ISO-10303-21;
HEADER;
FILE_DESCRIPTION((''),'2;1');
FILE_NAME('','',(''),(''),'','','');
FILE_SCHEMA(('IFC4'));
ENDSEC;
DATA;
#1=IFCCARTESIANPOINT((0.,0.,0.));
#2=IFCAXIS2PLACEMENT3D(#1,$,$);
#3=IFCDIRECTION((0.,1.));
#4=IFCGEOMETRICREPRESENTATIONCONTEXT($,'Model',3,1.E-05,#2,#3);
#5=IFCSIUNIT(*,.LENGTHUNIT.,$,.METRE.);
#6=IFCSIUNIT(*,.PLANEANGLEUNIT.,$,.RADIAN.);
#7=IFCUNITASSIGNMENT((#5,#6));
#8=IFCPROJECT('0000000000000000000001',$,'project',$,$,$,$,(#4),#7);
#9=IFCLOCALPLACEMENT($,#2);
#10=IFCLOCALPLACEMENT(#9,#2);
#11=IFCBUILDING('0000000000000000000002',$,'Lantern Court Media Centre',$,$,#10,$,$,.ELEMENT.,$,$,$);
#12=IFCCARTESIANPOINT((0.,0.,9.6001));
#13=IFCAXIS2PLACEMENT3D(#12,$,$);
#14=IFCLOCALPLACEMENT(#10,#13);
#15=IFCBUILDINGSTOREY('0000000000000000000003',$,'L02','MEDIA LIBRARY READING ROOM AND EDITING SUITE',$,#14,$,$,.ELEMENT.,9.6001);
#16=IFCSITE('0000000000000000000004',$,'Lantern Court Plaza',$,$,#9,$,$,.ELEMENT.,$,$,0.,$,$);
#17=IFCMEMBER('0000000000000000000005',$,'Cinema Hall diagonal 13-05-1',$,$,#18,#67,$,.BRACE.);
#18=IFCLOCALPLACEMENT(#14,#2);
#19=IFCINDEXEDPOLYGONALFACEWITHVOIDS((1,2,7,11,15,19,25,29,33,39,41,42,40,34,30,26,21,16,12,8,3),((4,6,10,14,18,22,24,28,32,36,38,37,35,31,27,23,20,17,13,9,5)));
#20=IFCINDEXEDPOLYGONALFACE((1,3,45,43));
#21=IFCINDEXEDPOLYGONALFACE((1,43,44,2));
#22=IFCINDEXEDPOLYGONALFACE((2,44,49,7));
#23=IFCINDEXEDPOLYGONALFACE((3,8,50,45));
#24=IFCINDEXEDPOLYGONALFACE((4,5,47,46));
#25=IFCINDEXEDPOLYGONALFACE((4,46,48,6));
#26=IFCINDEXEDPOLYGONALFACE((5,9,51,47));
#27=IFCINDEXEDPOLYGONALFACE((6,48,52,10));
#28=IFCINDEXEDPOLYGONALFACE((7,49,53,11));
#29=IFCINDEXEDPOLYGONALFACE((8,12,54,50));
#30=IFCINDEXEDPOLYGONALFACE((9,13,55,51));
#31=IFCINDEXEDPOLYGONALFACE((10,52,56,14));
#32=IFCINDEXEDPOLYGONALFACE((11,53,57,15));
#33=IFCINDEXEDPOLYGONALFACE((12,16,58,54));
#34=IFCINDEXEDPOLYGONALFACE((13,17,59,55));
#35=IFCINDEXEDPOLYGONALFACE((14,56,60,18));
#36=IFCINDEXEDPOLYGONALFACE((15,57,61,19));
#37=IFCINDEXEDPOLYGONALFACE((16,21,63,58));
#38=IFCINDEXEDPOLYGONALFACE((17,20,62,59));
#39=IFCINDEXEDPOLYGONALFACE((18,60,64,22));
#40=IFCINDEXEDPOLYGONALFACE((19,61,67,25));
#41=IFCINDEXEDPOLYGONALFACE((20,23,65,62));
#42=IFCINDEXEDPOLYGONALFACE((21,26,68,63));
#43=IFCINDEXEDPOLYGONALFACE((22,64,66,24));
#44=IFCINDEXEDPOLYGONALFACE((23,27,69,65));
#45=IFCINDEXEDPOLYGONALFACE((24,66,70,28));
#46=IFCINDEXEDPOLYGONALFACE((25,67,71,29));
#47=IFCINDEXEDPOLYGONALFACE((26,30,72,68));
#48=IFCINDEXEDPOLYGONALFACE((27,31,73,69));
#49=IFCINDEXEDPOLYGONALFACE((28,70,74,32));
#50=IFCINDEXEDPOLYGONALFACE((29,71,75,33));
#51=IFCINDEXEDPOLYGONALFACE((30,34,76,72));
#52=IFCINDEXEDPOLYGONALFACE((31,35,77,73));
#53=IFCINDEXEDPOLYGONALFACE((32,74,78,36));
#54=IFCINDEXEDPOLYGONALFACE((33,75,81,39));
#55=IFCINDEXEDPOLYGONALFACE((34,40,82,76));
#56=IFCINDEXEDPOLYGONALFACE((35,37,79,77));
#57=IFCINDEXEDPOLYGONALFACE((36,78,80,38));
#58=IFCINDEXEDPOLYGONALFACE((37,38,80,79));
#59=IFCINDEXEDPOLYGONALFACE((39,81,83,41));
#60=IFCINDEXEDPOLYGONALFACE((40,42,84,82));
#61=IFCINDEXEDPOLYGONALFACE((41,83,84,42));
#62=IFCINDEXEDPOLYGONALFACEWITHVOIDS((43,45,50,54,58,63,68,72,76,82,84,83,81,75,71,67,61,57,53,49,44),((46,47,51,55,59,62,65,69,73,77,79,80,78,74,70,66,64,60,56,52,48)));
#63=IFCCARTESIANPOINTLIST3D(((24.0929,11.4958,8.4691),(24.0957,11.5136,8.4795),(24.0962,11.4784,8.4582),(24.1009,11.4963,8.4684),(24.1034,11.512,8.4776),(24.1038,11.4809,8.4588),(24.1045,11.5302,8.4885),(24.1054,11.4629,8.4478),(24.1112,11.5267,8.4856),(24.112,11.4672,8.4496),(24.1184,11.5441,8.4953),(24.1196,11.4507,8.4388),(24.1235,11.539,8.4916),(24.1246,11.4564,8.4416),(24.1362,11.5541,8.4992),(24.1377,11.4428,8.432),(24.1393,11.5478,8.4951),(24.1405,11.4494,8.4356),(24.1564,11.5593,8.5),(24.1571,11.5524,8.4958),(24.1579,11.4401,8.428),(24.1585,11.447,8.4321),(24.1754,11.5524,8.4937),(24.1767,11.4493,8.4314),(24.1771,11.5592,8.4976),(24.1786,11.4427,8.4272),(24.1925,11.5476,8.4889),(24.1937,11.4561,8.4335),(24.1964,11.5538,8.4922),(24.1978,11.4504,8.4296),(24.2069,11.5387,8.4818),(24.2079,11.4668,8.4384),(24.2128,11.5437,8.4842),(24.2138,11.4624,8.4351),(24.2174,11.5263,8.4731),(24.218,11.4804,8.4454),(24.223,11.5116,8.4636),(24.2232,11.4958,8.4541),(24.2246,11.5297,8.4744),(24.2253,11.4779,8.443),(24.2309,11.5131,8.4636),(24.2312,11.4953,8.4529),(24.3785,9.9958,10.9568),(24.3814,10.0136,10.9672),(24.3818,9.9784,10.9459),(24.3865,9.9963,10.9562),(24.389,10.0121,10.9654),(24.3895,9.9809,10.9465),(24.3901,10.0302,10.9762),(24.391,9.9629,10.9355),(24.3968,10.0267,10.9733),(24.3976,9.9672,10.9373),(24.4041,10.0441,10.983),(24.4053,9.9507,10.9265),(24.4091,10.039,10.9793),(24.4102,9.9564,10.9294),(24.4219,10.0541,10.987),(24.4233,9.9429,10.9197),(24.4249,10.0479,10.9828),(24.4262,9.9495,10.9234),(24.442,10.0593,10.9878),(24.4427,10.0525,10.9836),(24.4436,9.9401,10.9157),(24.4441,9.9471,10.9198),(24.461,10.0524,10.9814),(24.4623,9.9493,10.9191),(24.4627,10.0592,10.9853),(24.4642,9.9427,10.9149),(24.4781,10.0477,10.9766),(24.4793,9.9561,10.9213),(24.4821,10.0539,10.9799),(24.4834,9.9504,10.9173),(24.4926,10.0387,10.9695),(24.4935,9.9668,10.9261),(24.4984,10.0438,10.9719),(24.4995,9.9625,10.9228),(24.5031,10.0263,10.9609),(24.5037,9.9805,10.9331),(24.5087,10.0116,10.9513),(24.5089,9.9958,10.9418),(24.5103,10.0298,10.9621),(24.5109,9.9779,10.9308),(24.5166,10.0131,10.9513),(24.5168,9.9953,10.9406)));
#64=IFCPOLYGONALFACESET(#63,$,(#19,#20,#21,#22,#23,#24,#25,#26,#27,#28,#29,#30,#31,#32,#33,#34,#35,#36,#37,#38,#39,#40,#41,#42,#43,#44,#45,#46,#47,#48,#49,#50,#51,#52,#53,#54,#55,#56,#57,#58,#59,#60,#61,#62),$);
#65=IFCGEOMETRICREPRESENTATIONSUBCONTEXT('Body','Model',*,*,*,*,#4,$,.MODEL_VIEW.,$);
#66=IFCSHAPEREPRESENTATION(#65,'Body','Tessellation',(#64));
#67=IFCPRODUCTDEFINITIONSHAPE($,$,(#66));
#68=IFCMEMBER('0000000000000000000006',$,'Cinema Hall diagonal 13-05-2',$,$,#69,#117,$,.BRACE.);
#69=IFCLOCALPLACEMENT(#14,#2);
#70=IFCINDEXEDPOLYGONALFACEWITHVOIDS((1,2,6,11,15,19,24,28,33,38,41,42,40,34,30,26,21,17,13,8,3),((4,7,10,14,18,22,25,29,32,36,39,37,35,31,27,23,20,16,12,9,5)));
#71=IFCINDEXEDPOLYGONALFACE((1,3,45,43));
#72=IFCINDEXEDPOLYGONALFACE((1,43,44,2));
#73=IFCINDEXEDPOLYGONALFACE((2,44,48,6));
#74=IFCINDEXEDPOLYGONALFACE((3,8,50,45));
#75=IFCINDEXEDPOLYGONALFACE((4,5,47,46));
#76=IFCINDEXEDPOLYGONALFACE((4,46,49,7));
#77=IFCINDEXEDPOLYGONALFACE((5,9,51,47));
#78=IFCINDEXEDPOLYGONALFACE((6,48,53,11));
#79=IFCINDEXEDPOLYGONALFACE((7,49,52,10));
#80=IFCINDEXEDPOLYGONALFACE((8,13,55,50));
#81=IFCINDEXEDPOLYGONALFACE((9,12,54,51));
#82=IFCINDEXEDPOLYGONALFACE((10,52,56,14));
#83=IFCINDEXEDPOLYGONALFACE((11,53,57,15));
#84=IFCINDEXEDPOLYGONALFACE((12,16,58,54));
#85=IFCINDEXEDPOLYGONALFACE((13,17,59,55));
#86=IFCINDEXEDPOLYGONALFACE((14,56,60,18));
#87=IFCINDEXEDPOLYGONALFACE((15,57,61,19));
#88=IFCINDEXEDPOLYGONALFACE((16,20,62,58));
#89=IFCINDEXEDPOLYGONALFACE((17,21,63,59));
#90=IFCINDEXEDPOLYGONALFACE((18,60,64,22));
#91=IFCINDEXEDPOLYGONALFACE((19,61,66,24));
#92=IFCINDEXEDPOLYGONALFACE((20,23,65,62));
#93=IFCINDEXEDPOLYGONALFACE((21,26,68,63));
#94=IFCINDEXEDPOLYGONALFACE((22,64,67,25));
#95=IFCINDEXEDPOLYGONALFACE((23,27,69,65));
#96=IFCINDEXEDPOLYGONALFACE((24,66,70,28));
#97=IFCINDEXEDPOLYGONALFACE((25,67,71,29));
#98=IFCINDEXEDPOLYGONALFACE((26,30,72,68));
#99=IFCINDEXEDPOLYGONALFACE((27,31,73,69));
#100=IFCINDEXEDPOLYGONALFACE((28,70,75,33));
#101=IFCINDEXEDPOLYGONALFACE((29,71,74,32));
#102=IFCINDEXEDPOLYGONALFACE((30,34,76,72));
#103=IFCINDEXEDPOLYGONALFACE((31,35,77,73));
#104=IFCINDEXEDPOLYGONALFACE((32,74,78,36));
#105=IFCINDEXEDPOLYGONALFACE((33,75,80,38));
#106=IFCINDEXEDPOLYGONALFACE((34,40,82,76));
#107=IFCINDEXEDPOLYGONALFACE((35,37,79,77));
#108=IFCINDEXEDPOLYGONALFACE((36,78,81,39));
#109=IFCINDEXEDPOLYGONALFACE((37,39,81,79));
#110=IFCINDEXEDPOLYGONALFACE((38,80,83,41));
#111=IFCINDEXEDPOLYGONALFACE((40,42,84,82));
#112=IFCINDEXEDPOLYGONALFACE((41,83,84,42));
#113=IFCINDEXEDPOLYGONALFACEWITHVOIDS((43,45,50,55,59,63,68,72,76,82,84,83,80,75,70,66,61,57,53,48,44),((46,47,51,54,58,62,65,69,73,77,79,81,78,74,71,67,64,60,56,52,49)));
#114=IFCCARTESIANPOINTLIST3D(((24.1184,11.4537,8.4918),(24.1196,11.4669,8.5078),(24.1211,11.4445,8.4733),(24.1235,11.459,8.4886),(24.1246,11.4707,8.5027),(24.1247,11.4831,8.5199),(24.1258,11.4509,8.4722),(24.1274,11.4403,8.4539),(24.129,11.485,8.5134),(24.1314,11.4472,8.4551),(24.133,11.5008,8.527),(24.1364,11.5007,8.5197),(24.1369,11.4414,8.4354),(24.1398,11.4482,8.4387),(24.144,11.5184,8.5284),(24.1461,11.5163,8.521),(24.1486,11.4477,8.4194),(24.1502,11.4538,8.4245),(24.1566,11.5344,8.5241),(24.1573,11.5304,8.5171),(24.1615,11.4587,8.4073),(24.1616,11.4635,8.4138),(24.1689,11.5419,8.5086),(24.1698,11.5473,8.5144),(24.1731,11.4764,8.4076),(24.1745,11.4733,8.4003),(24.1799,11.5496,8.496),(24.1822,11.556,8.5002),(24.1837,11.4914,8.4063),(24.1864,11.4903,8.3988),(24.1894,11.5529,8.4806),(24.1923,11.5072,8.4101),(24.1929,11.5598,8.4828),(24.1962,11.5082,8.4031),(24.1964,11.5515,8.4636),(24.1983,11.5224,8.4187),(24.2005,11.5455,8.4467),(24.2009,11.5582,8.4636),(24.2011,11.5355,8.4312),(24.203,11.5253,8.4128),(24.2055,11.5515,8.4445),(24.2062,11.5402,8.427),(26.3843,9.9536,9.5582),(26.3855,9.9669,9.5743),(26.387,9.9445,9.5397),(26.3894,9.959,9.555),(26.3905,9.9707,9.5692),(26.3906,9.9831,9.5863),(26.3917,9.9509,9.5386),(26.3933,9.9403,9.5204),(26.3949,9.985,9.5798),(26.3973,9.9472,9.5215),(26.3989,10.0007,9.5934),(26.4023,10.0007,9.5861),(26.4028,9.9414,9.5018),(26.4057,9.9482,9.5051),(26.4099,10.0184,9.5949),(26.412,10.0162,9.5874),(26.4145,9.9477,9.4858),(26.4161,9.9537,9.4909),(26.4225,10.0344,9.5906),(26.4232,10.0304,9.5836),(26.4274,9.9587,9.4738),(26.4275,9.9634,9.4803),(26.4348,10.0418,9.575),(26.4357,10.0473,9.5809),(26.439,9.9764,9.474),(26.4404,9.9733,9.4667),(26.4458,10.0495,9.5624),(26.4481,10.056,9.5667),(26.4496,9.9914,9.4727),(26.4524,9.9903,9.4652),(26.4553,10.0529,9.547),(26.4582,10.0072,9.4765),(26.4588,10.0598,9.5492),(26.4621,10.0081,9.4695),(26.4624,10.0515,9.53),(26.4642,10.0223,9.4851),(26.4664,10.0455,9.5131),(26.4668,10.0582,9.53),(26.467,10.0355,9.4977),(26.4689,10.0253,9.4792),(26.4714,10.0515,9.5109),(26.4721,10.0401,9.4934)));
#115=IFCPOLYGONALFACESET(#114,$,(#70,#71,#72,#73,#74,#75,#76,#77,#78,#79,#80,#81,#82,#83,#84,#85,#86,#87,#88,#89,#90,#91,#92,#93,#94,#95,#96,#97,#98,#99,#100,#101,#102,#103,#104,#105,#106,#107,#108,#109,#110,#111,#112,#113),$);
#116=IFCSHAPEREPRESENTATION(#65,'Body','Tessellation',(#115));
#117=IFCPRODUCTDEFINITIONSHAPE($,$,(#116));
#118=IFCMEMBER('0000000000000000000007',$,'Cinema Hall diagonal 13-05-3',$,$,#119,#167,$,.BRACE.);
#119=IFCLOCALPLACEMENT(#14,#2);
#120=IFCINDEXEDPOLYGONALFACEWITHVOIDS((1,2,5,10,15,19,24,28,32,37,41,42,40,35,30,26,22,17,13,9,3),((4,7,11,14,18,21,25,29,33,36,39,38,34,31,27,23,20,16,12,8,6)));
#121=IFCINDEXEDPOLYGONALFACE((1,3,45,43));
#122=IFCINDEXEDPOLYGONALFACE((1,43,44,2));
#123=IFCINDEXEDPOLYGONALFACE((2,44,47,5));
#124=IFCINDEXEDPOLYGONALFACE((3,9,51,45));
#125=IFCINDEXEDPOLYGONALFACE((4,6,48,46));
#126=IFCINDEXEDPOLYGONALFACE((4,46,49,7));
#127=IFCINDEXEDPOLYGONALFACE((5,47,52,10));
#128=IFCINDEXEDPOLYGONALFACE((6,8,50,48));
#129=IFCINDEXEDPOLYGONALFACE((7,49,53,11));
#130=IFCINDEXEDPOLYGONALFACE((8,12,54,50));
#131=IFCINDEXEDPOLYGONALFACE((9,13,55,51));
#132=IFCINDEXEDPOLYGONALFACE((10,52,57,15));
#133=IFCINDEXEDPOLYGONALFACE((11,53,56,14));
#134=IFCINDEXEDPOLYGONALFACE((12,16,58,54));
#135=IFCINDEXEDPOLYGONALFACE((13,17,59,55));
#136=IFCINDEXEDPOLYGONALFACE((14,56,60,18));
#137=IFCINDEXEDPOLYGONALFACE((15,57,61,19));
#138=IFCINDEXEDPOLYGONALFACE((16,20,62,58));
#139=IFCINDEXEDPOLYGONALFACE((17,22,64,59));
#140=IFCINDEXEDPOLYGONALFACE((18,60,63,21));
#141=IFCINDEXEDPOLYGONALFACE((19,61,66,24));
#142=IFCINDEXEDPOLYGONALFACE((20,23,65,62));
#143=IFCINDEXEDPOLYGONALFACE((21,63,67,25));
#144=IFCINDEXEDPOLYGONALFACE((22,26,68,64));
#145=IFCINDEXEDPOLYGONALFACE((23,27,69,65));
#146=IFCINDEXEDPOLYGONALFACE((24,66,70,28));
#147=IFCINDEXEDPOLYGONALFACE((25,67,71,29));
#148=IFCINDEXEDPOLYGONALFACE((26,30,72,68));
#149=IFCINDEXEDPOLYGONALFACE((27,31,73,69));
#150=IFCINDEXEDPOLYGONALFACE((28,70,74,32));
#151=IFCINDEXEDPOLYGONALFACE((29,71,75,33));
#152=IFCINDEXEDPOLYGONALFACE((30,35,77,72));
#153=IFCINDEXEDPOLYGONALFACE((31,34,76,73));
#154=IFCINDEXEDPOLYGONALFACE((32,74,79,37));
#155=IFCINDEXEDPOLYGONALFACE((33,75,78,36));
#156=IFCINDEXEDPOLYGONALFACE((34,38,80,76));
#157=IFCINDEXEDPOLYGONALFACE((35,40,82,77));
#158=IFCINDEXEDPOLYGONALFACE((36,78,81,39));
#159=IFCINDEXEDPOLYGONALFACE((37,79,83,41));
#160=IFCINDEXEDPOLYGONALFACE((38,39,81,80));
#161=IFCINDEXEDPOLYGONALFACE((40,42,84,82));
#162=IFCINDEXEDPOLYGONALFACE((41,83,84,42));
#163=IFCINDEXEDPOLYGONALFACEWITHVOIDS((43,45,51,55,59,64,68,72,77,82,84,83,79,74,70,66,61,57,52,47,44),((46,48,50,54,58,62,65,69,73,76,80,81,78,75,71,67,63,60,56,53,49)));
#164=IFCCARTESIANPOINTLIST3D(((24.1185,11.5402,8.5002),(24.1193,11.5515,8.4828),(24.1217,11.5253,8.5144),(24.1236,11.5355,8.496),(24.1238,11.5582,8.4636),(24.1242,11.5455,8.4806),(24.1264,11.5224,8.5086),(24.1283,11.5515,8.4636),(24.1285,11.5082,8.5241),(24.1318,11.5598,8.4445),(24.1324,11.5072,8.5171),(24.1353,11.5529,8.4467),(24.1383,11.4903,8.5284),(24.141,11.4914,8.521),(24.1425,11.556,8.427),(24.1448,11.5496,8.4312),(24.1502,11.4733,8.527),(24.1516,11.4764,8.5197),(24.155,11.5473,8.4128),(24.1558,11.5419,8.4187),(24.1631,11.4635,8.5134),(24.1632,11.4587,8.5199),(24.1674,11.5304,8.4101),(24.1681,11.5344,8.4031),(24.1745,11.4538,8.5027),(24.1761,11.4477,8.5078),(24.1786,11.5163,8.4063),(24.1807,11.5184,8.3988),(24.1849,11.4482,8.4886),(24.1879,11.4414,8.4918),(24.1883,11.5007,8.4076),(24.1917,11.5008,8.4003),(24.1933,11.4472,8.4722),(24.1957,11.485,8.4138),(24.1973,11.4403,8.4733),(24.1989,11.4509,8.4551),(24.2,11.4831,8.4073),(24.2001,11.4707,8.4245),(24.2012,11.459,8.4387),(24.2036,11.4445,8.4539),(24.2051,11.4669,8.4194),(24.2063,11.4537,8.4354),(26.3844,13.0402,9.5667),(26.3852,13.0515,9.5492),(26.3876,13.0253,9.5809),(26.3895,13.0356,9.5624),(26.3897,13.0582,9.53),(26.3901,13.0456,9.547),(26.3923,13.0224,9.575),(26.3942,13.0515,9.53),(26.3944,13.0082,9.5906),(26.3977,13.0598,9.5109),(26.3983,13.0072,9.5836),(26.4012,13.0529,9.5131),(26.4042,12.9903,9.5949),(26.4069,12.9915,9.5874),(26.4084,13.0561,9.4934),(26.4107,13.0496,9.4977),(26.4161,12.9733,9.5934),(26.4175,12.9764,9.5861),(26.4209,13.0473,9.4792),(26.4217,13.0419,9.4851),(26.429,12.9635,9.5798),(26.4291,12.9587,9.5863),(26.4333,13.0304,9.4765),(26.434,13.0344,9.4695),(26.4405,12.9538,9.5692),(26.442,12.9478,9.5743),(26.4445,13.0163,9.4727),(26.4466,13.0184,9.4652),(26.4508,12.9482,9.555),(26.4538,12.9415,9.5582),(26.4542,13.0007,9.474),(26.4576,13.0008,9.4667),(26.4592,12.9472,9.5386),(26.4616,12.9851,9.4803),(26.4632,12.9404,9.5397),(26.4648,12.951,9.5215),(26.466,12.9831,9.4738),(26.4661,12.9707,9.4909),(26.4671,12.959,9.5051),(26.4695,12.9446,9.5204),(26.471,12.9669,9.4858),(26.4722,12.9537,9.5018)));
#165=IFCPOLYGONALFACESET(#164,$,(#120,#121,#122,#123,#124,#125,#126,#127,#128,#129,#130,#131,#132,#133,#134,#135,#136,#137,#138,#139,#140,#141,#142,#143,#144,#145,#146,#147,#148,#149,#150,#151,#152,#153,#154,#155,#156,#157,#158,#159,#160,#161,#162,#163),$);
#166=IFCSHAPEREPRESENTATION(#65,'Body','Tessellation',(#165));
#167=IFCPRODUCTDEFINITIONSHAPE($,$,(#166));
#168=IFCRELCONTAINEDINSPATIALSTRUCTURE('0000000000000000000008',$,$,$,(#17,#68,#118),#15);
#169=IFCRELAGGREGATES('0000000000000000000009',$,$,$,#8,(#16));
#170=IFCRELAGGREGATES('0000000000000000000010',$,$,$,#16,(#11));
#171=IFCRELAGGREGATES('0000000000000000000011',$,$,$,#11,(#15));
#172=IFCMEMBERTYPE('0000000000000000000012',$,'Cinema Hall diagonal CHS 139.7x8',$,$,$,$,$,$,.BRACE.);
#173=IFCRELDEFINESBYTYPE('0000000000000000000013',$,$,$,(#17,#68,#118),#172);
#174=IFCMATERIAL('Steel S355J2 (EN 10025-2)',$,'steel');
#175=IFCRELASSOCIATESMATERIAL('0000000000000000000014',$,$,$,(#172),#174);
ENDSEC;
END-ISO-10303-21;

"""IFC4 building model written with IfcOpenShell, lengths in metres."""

from ifc_helpers import new_model, si_unit, direction, frame, origin, origin_2d, place, context, subcontext, project, spatial, hollow_circle, extrude, material, material_profile, profile_set, type_object, element, save


model = new_model("IFC4")

# Units and contexts
model_context = context("Model", 3, precision=1e-05, world=origin(), true_north=direction((0.0, 1.0)))
body_context = subcontext(model_context, "Body", "Model", "MODEL_VIEW")
ifc_project = project(units=[si_unit("LENGTHUNIT", "METRE"), si_unit("PLANEANGLEUNIT", "RADIAN")], contexts=[model_context])

# Site, building, storey
site_placement = place(None, origin())
site = spatial("IfcSite", under=ifc_project, at=site_placement, Name="Lantern Court Plaza", CompositionType="ELEMENT", RefElevation=0.0)
building_placement = place(site_placement, origin())
building = spatial("IfcBuilding", under=site, at=building_placement, Name="Lantern Court Media Centre", CompositionType="ELEMENT")
storey_placement = place(building_placement, frame((0.0, 0.0, 9.6001)))
storey = spatial("IfcBuildingStorey", under=building, at=storey_placement, Name="L02", Description="MEDIA LIBRARY READING ROOM AND EDITING SUITE", CompositionType="ELEMENT", Elevation=9.6001)

# Members
ifc_material_1 = material(Name="Steel S355J2 (EN 10025-2)", Category="steel")
ifc_material_profile_1 = material_profile(ifc_material_1, hollow_circle(Radius=0.0698, WallThickness=0.0081, at=origin_2d()), Name="Cinema Hall diagonal CHS 139.7x8")
ifc_profile_set_1 = profile_set([ifc_material_profile_1], Name="Steel S355J2 (EN 10025-2)")
member_type_1 = type_object("IfcMemberType", Name="Cinema Hall diagonal CHS 139.7x8", PredefinedType="BRACE", material=ifc_profile_set_1)
member_placement = place(storey_placement, frame((24.1624, 11.5, 8.4636), z_axis=(0.097856, -0.51387, 0.852268), x_axis=(0.982347, 0.187068, 0.0)))
element("IfcMember", 1, at=member_placement, inside=storey, type_object=member_type_1, Name="Cinema Hall diagonal 13-05-1", PredefinedType="BRACE", context=body_context, shape_type="SweptSolid", body=[
    extrude(hollow_circle(Radius=0.0698, WallThickness=0.0081, at=origin_2d()), origin(), (0.0, 0.0, 1.0), 2.9189),
])
for number, where, z_axis, x_axis, name in (
    (2, (24.1624, 11.5, 8.4636), (0.776211, -0.51385, 0.365315), (0.552002, 0.833843, 0.0), "Cinema Hall diagonal 13-05-2"),
    (3, (24.1624, 11.5, 8.4636), (0.776211, 0.51385, 0.365315), (-0.552002, 0.833843, 0.0), "Cinema Hall diagonal 13-05-3"),
):
    element("IfcMember", number, at=place(storey_placement, frame(where, z_axis=z_axis, x_axis=x_axis)), inside=storey, type_object=member_type_1, Name=name, PredefinedType="BRACE", context=body_context, shape_type="SweptSolid", body=[
        extrude(hollow_circle(Radius=0.0698, WallThickness=0.0081, at=origin_2d()), origin(), (0.0, 0.0, 1.0), 2.9192),
    ])

save(model, "model.ifc")
